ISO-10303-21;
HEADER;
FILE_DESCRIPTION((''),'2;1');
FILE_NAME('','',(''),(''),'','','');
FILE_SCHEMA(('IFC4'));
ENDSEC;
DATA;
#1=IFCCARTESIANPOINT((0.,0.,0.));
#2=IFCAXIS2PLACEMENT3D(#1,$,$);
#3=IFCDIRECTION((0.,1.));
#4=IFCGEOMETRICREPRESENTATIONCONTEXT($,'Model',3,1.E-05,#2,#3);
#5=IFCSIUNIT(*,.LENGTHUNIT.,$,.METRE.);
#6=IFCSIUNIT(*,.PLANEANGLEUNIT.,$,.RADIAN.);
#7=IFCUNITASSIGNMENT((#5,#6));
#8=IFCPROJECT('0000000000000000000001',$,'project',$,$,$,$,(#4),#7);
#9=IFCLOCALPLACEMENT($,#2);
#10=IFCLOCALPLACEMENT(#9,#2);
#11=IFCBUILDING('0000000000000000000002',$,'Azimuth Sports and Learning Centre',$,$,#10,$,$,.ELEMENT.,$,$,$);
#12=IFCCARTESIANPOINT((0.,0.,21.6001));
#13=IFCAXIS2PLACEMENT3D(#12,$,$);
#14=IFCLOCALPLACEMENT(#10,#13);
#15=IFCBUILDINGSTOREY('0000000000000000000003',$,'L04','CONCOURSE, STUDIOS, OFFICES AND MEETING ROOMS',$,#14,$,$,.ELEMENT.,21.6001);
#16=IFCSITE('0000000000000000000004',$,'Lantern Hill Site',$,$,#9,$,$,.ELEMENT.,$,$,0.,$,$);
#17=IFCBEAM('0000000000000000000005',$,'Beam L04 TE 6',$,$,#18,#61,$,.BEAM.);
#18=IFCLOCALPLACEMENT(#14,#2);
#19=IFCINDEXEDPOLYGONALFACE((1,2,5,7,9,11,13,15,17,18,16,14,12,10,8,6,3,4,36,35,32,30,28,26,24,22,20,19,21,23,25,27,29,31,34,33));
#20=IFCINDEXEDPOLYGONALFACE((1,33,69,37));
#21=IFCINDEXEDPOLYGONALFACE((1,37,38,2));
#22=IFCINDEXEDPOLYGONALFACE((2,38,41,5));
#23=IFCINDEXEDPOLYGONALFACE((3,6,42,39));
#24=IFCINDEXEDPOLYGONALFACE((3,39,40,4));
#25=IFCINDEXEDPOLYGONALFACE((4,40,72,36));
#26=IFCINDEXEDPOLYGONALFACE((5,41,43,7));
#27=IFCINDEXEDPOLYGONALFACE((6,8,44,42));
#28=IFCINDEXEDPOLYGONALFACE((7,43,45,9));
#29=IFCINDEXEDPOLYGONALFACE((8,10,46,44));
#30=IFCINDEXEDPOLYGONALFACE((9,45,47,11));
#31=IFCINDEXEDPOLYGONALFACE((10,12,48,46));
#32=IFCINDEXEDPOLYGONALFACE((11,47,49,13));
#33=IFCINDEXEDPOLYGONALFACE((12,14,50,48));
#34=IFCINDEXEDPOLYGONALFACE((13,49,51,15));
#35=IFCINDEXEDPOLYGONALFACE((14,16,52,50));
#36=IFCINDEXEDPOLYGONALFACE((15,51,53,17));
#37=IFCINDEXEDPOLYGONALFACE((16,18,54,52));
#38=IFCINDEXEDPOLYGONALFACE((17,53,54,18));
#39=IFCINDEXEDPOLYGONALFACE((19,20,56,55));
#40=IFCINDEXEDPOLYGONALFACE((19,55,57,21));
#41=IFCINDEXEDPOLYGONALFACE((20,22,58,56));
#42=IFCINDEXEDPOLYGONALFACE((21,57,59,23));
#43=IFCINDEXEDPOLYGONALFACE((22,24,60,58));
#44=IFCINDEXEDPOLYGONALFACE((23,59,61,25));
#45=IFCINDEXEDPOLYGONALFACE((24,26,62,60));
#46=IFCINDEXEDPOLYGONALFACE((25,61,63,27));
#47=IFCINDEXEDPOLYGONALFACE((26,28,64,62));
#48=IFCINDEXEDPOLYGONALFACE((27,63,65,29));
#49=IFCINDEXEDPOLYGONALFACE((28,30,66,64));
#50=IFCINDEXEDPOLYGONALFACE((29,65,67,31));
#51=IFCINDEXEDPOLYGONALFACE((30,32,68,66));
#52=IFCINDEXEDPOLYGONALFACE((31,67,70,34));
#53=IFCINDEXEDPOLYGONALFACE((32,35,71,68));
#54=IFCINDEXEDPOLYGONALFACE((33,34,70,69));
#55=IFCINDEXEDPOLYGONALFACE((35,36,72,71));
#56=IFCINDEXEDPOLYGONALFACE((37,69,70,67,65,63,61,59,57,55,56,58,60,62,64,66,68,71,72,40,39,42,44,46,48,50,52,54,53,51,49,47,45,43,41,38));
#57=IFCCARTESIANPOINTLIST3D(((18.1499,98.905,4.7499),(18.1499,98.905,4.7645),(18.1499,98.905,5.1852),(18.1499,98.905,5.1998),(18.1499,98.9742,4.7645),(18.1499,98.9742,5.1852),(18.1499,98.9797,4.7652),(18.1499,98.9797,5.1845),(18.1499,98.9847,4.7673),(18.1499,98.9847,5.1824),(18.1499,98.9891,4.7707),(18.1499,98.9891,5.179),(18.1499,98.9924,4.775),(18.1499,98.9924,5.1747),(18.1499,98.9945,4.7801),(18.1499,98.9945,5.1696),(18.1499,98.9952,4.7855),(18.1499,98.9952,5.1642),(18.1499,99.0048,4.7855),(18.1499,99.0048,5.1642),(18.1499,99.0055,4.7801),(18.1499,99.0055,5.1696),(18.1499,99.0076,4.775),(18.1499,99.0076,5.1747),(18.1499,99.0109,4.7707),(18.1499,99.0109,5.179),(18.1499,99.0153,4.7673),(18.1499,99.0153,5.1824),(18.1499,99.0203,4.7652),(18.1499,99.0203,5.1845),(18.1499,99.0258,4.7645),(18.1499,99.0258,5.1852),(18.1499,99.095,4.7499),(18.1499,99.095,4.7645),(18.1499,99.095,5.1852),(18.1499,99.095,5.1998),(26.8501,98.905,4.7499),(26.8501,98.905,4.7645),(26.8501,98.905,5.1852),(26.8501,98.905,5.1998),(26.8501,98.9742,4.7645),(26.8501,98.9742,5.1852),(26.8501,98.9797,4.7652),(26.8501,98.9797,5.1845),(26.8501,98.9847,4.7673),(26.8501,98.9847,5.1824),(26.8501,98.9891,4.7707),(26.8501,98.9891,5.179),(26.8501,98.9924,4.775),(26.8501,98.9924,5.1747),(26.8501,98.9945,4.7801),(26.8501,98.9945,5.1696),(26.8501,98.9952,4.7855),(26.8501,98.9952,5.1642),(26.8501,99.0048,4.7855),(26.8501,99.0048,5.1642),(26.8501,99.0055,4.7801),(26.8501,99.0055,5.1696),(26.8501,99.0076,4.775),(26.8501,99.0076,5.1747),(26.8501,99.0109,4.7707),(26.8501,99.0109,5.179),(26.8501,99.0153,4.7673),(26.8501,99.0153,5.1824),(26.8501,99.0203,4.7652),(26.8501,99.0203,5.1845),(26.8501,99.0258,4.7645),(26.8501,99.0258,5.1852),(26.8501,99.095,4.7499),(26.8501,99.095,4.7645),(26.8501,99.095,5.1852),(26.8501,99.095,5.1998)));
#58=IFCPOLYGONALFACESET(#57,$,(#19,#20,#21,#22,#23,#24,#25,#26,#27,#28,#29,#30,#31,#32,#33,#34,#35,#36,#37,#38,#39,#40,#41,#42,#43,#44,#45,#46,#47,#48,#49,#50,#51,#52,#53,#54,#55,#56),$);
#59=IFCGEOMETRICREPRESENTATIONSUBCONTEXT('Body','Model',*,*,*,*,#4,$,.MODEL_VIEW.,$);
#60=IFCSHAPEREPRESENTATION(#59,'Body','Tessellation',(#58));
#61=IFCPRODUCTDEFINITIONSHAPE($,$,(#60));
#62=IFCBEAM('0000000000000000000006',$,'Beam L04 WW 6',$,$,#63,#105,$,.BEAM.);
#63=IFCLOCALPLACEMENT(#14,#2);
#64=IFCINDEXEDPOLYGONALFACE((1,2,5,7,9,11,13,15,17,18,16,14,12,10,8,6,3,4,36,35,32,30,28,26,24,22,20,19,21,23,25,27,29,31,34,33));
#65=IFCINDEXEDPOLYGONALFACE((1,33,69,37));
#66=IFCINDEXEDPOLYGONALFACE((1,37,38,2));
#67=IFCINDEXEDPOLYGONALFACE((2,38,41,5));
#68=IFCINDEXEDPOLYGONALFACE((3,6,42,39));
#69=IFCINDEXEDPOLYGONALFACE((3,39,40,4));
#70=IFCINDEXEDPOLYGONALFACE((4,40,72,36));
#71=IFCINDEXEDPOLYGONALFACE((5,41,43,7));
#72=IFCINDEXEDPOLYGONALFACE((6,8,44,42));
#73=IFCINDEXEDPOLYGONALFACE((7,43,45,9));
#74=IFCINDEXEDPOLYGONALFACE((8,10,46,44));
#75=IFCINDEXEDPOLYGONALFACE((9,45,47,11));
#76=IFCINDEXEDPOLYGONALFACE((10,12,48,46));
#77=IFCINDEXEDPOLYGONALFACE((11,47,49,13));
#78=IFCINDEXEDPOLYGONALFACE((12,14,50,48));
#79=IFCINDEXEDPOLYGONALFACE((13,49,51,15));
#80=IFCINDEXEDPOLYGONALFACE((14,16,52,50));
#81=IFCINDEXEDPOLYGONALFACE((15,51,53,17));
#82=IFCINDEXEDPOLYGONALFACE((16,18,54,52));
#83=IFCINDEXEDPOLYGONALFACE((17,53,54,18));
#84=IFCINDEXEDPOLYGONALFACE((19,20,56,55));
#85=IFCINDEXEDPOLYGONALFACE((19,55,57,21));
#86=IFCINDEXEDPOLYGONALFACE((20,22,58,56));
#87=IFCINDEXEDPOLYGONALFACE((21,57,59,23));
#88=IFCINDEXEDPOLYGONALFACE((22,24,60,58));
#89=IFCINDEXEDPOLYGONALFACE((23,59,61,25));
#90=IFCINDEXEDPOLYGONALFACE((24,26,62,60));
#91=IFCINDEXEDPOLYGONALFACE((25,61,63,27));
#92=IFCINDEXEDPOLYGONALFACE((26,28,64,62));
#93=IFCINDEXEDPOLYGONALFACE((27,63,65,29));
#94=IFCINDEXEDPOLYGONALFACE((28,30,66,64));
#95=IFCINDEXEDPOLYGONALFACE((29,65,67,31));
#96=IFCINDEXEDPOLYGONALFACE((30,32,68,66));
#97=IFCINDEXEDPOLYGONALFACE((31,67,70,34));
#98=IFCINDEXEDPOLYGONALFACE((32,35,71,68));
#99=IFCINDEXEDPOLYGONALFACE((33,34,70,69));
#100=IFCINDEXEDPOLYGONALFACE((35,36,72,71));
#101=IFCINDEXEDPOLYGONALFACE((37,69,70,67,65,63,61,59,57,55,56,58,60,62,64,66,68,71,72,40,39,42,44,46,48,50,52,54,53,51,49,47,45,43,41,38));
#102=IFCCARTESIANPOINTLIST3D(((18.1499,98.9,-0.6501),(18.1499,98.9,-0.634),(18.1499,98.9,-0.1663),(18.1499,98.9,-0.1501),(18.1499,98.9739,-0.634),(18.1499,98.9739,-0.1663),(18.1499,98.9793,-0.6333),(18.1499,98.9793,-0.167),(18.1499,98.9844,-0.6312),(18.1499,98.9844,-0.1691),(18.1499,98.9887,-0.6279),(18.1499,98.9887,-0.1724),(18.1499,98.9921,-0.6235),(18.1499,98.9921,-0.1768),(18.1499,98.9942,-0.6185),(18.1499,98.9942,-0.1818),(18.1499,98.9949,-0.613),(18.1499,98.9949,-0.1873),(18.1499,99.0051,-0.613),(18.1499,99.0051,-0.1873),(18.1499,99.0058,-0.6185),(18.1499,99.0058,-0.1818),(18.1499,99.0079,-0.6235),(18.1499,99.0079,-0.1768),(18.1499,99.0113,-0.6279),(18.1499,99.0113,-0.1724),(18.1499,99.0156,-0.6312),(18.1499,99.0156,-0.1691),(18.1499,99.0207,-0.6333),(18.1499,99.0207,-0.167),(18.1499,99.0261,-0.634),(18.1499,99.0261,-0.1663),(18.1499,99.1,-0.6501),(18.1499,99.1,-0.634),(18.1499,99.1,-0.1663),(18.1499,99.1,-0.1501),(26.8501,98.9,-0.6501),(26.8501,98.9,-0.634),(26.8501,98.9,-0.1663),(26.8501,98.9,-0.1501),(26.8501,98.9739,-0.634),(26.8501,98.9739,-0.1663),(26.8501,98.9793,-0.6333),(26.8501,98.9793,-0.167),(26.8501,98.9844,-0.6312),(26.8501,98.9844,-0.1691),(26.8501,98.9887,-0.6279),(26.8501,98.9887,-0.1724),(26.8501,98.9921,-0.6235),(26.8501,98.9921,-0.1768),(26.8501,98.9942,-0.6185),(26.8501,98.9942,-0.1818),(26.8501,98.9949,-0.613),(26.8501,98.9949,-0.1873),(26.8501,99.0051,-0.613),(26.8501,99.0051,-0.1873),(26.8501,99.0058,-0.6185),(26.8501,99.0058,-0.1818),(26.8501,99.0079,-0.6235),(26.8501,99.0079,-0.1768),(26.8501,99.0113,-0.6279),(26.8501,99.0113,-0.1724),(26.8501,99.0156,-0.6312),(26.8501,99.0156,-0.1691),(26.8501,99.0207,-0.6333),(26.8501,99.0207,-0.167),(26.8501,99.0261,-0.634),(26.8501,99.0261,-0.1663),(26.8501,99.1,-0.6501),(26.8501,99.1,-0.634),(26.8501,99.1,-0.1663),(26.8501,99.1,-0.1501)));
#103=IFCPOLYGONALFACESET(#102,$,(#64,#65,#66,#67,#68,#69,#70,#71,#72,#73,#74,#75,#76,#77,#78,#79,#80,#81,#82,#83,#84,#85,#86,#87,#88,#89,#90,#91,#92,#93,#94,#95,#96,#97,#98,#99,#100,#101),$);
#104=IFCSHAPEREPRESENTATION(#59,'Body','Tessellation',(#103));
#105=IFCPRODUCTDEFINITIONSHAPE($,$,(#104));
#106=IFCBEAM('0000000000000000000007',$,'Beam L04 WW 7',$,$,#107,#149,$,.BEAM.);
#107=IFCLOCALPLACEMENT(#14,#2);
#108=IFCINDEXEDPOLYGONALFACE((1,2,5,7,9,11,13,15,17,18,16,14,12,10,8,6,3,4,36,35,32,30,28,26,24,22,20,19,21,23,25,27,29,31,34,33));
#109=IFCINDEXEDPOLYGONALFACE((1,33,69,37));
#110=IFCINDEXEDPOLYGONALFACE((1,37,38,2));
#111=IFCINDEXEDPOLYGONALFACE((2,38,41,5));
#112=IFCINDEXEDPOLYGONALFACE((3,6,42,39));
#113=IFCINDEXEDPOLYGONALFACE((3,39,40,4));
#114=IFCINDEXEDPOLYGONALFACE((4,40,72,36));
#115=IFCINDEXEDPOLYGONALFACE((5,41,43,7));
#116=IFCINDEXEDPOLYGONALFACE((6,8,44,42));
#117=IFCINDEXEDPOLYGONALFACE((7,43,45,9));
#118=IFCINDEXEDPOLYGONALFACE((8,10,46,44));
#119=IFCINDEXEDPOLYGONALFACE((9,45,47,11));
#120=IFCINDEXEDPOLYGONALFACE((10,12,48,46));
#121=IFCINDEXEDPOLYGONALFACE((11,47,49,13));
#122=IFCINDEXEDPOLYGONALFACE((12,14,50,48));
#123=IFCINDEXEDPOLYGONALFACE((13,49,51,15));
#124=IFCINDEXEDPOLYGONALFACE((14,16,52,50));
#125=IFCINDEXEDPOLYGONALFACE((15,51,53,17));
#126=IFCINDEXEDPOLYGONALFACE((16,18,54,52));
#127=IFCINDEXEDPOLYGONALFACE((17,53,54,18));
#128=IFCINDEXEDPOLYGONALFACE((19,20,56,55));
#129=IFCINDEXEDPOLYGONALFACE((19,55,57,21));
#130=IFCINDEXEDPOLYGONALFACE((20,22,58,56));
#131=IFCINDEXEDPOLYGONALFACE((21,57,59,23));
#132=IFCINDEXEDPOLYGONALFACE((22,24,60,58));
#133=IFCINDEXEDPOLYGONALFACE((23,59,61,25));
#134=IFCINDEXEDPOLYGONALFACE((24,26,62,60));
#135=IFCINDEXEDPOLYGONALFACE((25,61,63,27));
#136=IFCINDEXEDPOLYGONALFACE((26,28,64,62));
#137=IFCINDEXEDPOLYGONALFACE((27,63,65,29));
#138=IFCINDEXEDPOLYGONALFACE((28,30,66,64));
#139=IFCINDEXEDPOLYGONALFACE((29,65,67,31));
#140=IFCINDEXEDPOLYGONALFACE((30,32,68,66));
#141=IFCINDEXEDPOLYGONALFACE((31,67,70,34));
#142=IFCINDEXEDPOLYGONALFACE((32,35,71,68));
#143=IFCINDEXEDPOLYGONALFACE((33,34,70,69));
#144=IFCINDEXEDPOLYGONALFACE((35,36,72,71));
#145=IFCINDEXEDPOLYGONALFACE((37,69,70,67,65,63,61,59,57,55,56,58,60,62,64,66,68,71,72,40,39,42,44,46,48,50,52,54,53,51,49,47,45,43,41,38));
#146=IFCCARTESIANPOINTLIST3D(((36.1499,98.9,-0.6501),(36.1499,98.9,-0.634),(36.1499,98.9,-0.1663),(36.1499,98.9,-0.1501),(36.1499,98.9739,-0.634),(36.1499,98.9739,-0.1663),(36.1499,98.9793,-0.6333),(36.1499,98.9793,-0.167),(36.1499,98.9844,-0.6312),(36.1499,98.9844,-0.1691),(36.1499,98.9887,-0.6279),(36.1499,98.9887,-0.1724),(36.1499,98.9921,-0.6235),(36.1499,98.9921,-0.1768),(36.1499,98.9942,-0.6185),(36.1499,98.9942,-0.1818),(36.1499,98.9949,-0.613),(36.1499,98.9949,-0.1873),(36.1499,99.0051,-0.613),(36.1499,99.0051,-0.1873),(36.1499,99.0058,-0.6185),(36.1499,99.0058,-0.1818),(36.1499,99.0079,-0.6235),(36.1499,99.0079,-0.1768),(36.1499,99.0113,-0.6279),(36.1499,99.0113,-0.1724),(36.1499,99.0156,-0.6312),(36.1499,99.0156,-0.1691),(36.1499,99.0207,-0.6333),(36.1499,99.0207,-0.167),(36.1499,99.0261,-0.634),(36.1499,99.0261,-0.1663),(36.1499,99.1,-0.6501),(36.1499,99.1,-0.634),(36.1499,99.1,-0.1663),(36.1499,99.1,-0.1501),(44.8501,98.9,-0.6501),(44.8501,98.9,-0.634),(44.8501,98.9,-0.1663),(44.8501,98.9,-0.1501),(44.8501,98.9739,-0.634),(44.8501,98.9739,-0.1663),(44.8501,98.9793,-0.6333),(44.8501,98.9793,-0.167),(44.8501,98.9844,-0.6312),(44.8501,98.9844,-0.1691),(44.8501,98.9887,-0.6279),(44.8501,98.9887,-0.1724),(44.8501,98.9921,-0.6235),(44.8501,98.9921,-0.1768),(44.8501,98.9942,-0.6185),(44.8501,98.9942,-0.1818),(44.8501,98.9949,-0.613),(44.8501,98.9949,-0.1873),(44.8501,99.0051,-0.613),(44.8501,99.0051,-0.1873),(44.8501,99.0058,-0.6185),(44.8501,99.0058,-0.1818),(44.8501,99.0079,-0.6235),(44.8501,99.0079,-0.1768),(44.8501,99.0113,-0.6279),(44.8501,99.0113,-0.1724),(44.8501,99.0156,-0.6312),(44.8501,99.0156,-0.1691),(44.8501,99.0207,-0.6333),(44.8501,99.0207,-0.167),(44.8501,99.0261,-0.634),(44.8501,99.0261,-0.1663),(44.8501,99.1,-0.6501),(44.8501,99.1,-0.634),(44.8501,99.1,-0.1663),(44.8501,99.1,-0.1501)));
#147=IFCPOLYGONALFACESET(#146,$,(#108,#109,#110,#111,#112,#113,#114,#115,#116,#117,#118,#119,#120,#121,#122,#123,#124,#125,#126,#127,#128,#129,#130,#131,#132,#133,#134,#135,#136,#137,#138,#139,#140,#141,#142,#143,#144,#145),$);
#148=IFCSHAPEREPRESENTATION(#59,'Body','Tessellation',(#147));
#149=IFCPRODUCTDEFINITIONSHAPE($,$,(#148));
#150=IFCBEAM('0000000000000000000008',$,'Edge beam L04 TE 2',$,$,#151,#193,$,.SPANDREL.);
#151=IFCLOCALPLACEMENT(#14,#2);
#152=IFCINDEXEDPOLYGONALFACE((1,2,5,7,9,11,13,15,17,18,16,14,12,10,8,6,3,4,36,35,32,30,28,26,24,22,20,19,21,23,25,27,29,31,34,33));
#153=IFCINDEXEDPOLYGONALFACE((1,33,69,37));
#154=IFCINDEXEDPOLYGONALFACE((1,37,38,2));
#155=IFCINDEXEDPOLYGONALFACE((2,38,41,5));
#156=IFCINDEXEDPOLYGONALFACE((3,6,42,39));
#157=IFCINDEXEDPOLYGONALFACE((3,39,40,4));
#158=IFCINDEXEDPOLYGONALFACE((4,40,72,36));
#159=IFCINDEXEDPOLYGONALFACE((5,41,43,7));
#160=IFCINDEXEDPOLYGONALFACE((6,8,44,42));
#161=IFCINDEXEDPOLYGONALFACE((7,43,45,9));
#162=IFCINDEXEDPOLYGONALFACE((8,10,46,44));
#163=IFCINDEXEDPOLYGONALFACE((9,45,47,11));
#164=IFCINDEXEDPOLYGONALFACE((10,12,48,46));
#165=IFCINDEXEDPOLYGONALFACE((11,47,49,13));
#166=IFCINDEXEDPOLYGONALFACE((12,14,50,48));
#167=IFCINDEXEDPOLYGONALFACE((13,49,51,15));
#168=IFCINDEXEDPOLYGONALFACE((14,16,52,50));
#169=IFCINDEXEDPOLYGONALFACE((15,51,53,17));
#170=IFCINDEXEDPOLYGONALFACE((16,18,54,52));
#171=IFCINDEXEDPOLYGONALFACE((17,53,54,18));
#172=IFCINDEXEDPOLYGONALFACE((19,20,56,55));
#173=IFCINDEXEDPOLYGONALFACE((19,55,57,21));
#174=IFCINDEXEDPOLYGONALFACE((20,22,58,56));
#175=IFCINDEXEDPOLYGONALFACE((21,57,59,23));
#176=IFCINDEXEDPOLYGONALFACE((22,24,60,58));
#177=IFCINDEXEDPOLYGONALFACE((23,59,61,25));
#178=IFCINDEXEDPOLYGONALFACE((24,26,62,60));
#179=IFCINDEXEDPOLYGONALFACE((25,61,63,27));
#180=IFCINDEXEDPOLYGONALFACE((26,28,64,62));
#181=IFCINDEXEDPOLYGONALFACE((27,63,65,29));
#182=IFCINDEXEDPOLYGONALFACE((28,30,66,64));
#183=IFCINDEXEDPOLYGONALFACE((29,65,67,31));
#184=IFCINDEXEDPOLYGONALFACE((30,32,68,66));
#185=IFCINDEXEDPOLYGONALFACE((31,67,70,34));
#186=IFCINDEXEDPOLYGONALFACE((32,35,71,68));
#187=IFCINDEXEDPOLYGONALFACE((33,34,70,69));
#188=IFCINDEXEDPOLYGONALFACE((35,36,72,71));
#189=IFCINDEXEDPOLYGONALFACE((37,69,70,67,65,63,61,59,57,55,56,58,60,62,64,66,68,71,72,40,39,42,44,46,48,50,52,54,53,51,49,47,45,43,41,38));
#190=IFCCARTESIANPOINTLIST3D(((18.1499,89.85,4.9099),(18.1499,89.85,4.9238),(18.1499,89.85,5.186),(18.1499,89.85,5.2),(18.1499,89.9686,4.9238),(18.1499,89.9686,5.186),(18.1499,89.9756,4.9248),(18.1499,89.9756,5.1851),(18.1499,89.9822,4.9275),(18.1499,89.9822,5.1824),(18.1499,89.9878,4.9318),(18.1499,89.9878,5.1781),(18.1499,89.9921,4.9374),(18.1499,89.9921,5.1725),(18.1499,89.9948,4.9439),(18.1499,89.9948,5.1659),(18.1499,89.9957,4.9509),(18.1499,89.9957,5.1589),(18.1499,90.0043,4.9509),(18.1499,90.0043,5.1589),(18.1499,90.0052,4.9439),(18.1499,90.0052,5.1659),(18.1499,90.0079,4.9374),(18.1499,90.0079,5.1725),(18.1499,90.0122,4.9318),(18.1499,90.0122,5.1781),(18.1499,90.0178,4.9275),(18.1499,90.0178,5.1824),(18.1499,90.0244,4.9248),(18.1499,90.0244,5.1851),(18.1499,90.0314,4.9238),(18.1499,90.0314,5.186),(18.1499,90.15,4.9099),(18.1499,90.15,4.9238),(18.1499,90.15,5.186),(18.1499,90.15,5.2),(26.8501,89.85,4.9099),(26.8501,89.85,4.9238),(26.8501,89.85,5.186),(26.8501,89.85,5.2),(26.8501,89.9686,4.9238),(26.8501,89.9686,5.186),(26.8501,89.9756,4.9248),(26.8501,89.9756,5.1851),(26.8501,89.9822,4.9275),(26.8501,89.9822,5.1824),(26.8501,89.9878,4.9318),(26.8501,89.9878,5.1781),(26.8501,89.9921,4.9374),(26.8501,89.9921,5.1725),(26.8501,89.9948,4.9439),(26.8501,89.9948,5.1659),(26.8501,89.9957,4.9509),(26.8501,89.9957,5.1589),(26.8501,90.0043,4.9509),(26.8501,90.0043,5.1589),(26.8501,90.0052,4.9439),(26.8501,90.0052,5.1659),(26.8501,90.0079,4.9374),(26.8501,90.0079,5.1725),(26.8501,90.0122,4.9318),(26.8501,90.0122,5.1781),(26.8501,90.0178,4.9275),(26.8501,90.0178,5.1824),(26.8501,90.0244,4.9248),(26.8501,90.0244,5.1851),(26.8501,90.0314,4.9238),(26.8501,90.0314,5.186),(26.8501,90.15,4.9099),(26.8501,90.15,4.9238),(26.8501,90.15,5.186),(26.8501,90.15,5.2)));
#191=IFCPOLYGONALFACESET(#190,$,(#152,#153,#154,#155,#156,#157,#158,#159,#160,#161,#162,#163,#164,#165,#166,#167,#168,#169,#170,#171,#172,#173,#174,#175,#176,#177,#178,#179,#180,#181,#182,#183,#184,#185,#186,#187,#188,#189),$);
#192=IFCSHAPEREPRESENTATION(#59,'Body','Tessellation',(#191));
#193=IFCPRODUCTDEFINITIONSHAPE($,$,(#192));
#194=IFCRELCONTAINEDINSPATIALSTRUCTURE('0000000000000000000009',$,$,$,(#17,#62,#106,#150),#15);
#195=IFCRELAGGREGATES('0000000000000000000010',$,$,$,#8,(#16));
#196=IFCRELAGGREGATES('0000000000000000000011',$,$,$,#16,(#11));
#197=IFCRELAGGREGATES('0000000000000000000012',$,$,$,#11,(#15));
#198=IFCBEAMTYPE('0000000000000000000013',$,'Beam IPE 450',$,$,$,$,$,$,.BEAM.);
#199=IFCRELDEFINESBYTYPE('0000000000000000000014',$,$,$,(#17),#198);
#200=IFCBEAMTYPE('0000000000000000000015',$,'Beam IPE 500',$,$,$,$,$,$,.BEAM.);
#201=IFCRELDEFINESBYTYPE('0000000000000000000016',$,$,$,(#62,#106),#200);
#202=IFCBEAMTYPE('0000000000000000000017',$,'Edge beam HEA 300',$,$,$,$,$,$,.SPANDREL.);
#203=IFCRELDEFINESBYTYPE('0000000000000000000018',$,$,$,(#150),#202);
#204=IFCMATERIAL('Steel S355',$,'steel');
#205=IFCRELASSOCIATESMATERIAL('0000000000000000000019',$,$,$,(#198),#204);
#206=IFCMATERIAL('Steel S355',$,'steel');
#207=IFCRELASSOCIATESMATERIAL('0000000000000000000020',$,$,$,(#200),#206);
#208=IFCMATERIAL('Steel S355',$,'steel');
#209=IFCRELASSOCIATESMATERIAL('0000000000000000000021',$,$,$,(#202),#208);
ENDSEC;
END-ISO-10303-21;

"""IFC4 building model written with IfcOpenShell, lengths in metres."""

from ifc_helpers import new_model, si_unit, direction, frame, origin, origin_2d, place, context, subcontext, project, spatial, i_section, extrude, material, material_profile, profile_set, type_object, element, save


model = new_model("IFC4")

# Units and contexts
model_context = context("Model", 3, precision=1e-05, world=origin(), true_north=direction((0.0, 1.0)))
body_context = subcontext(model_context, "Body", "Model", "MODEL_VIEW")
ifc_project = project(units=[si_unit("LENGTHUNIT", "METRE"), si_unit("PLANEANGLEUNIT", "RADIAN")], contexts=[model_context])

# Site, building, storey
site_placement = place(None, origin())
site = spatial("IfcSite", under=ifc_project, at=site_placement, Name="Lantern Hill Site", CompositionType="ELEMENT", RefElevation=0.0)
building_placement = place(site_placement, origin())
building = spatial("IfcBuilding", under=site, at=building_placement, Name="Azimuth Sports and Learning Centre", CompositionType="ELEMENT")
storey_placement = place(building_placement, frame((0.0, 0.0, 21.6001)))
storey = spatial("IfcBuildingStorey", under=building, at=storey_placement, Name="L04", Description="CONCOURSE, STUDIOS, OFFICES AND MEETING ROOMS", CompositionType="ELEMENT", Elevation=21.6001)

# Beams
ifc_material_1 = material(Name="Steel S355", Category="steel")
ifc_material_profile_1 = material_profile(ifc_material_1, i_section(OverallWidth=0.1899, OverallDepth=0.45, WebThickness=0.0095, FlangeThickness=0.0146, FilletRadius=0.021, at=origin_2d()), Name="IPE 450")
ifc_profile_set_1 = profile_set([ifc_material_profile_1], Name="Steel S355")
beam_type_1 = type_object("IfcBeamType", Name="Beam IPE 450", PredefinedType="BEAM", material=ifc_profile_set_1)
beam_placement = place(storey_placement, frame((18.1499, 99.0, 4.9749), z_axis=(1.0, 0.0, 0.0), x_axis=(0.0, 1.0, 0.0)))
element("IfcBeam", 1, at=beam_placement, inside=storey, type_object=beam_type_1, Name="Beam L04 TE 6", PredefinedType="BEAM", context=body_context, shape_type="SweptSolid", body=[
    extrude(i_section(OverallWidth=0.1899, OverallDepth=0.45, WebThickness=0.0095, FlangeThickness=0.0146, FilletRadius=0.021, at=origin_2d()), origin(), (0.0, 0.0, 1.0), 8.7002),
])
ifc_material_2 = material(Name="Steel S355", Category="steel")
ifc_material_profile_2 = material_profile(ifc_material_2, i_section(OverallWidth=0.2, OverallDepth=0.5, WebThickness=0.0103, FlangeThickness=0.0161, FilletRadius=0.021, at=origin_2d()), Name="IPE 500")
ifc_profile_set_2 = profile_set([ifc_material_profile_2], Name="Steel S355")
beam_type_2 = type_object("IfcBeamType", Name="Beam IPE 500", PredefinedType="BEAM", material=ifc_profile_set_2)
for number, where, z_axis, x_axis, name in (
    (2, (18.1499, 99.0, -0.4001), (1.0, 0.0, 0.0), (0.0, 1.0, 0.0), "Beam L04 WW 6"),
    (3, (36.1499, 99.0, -0.4001), (1.0, 0.0, 0.0), (0.0, 1.0, 0.0), "Beam L04 WW 7"),
):
    element("IfcBeam", number, at=place(storey_placement, frame(where, z_axis=z_axis, x_axis=x_axis)), inside=storey, type_object=beam_type_2, Name=name, PredefinedType="BEAM", context=body_context, shape_type="SweptSolid", body=[
        extrude(i_section(OverallWidth=0.2, OverallDepth=0.5, WebThickness=0.0103, FlangeThickness=0.0161, FilletRadius=0.021, at=origin_2d()), origin(), (0.0, 0.0, 1.0), 8.7002),
    ])
ifc_material_3 = material(Name="Steel S355", Category="steel")
ifc_material_profile_3 = material_profile(ifc_material_3, i_section(OverallWidth=0.3, OverallDepth=0.29, WebThickness=0.0085, FlangeThickness=0.0139, FilletRadius=0.0271, at=origin_2d()), Name="HEA 300")
ifc_profile_set_3 = profile_set([ifc_material_profile_3], Name="Steel S355")
beam_type_3 = type_object("IfcBeamType", Name="Edge beam HEA 300", PredefinedType="SPANDREL", material=ifc_profile_set_3)
for number, where, z_axis, x_axis, name in (
    (4, (18.1499, 90.0, 5.0549), (1.0, 0.0, 0.0), (0.0, 1.0, 0.0), "Edge beam L04 TE 2"),
):
    element("IfcBeam", number, at=place(storey_placement, frame(where, z_axis=z_axis, x_axis=x_axis)), inside=storey, type_object=beam_type_3, Name=name, PredefinedType="SPANDREL", context=body_context, shape_type="SweptSolid", body=[
        extrude(i_section(OverallWidth=0.3, OverallDepth=0.29, WebThickness=0.0085, FlangeThickness=0.0139, FilletRadius=0.0271, at=origin_2d()), origin(), (0.0, 0.0, 1.0), 8.7002),
    ])

save(model, "model.ifc")
